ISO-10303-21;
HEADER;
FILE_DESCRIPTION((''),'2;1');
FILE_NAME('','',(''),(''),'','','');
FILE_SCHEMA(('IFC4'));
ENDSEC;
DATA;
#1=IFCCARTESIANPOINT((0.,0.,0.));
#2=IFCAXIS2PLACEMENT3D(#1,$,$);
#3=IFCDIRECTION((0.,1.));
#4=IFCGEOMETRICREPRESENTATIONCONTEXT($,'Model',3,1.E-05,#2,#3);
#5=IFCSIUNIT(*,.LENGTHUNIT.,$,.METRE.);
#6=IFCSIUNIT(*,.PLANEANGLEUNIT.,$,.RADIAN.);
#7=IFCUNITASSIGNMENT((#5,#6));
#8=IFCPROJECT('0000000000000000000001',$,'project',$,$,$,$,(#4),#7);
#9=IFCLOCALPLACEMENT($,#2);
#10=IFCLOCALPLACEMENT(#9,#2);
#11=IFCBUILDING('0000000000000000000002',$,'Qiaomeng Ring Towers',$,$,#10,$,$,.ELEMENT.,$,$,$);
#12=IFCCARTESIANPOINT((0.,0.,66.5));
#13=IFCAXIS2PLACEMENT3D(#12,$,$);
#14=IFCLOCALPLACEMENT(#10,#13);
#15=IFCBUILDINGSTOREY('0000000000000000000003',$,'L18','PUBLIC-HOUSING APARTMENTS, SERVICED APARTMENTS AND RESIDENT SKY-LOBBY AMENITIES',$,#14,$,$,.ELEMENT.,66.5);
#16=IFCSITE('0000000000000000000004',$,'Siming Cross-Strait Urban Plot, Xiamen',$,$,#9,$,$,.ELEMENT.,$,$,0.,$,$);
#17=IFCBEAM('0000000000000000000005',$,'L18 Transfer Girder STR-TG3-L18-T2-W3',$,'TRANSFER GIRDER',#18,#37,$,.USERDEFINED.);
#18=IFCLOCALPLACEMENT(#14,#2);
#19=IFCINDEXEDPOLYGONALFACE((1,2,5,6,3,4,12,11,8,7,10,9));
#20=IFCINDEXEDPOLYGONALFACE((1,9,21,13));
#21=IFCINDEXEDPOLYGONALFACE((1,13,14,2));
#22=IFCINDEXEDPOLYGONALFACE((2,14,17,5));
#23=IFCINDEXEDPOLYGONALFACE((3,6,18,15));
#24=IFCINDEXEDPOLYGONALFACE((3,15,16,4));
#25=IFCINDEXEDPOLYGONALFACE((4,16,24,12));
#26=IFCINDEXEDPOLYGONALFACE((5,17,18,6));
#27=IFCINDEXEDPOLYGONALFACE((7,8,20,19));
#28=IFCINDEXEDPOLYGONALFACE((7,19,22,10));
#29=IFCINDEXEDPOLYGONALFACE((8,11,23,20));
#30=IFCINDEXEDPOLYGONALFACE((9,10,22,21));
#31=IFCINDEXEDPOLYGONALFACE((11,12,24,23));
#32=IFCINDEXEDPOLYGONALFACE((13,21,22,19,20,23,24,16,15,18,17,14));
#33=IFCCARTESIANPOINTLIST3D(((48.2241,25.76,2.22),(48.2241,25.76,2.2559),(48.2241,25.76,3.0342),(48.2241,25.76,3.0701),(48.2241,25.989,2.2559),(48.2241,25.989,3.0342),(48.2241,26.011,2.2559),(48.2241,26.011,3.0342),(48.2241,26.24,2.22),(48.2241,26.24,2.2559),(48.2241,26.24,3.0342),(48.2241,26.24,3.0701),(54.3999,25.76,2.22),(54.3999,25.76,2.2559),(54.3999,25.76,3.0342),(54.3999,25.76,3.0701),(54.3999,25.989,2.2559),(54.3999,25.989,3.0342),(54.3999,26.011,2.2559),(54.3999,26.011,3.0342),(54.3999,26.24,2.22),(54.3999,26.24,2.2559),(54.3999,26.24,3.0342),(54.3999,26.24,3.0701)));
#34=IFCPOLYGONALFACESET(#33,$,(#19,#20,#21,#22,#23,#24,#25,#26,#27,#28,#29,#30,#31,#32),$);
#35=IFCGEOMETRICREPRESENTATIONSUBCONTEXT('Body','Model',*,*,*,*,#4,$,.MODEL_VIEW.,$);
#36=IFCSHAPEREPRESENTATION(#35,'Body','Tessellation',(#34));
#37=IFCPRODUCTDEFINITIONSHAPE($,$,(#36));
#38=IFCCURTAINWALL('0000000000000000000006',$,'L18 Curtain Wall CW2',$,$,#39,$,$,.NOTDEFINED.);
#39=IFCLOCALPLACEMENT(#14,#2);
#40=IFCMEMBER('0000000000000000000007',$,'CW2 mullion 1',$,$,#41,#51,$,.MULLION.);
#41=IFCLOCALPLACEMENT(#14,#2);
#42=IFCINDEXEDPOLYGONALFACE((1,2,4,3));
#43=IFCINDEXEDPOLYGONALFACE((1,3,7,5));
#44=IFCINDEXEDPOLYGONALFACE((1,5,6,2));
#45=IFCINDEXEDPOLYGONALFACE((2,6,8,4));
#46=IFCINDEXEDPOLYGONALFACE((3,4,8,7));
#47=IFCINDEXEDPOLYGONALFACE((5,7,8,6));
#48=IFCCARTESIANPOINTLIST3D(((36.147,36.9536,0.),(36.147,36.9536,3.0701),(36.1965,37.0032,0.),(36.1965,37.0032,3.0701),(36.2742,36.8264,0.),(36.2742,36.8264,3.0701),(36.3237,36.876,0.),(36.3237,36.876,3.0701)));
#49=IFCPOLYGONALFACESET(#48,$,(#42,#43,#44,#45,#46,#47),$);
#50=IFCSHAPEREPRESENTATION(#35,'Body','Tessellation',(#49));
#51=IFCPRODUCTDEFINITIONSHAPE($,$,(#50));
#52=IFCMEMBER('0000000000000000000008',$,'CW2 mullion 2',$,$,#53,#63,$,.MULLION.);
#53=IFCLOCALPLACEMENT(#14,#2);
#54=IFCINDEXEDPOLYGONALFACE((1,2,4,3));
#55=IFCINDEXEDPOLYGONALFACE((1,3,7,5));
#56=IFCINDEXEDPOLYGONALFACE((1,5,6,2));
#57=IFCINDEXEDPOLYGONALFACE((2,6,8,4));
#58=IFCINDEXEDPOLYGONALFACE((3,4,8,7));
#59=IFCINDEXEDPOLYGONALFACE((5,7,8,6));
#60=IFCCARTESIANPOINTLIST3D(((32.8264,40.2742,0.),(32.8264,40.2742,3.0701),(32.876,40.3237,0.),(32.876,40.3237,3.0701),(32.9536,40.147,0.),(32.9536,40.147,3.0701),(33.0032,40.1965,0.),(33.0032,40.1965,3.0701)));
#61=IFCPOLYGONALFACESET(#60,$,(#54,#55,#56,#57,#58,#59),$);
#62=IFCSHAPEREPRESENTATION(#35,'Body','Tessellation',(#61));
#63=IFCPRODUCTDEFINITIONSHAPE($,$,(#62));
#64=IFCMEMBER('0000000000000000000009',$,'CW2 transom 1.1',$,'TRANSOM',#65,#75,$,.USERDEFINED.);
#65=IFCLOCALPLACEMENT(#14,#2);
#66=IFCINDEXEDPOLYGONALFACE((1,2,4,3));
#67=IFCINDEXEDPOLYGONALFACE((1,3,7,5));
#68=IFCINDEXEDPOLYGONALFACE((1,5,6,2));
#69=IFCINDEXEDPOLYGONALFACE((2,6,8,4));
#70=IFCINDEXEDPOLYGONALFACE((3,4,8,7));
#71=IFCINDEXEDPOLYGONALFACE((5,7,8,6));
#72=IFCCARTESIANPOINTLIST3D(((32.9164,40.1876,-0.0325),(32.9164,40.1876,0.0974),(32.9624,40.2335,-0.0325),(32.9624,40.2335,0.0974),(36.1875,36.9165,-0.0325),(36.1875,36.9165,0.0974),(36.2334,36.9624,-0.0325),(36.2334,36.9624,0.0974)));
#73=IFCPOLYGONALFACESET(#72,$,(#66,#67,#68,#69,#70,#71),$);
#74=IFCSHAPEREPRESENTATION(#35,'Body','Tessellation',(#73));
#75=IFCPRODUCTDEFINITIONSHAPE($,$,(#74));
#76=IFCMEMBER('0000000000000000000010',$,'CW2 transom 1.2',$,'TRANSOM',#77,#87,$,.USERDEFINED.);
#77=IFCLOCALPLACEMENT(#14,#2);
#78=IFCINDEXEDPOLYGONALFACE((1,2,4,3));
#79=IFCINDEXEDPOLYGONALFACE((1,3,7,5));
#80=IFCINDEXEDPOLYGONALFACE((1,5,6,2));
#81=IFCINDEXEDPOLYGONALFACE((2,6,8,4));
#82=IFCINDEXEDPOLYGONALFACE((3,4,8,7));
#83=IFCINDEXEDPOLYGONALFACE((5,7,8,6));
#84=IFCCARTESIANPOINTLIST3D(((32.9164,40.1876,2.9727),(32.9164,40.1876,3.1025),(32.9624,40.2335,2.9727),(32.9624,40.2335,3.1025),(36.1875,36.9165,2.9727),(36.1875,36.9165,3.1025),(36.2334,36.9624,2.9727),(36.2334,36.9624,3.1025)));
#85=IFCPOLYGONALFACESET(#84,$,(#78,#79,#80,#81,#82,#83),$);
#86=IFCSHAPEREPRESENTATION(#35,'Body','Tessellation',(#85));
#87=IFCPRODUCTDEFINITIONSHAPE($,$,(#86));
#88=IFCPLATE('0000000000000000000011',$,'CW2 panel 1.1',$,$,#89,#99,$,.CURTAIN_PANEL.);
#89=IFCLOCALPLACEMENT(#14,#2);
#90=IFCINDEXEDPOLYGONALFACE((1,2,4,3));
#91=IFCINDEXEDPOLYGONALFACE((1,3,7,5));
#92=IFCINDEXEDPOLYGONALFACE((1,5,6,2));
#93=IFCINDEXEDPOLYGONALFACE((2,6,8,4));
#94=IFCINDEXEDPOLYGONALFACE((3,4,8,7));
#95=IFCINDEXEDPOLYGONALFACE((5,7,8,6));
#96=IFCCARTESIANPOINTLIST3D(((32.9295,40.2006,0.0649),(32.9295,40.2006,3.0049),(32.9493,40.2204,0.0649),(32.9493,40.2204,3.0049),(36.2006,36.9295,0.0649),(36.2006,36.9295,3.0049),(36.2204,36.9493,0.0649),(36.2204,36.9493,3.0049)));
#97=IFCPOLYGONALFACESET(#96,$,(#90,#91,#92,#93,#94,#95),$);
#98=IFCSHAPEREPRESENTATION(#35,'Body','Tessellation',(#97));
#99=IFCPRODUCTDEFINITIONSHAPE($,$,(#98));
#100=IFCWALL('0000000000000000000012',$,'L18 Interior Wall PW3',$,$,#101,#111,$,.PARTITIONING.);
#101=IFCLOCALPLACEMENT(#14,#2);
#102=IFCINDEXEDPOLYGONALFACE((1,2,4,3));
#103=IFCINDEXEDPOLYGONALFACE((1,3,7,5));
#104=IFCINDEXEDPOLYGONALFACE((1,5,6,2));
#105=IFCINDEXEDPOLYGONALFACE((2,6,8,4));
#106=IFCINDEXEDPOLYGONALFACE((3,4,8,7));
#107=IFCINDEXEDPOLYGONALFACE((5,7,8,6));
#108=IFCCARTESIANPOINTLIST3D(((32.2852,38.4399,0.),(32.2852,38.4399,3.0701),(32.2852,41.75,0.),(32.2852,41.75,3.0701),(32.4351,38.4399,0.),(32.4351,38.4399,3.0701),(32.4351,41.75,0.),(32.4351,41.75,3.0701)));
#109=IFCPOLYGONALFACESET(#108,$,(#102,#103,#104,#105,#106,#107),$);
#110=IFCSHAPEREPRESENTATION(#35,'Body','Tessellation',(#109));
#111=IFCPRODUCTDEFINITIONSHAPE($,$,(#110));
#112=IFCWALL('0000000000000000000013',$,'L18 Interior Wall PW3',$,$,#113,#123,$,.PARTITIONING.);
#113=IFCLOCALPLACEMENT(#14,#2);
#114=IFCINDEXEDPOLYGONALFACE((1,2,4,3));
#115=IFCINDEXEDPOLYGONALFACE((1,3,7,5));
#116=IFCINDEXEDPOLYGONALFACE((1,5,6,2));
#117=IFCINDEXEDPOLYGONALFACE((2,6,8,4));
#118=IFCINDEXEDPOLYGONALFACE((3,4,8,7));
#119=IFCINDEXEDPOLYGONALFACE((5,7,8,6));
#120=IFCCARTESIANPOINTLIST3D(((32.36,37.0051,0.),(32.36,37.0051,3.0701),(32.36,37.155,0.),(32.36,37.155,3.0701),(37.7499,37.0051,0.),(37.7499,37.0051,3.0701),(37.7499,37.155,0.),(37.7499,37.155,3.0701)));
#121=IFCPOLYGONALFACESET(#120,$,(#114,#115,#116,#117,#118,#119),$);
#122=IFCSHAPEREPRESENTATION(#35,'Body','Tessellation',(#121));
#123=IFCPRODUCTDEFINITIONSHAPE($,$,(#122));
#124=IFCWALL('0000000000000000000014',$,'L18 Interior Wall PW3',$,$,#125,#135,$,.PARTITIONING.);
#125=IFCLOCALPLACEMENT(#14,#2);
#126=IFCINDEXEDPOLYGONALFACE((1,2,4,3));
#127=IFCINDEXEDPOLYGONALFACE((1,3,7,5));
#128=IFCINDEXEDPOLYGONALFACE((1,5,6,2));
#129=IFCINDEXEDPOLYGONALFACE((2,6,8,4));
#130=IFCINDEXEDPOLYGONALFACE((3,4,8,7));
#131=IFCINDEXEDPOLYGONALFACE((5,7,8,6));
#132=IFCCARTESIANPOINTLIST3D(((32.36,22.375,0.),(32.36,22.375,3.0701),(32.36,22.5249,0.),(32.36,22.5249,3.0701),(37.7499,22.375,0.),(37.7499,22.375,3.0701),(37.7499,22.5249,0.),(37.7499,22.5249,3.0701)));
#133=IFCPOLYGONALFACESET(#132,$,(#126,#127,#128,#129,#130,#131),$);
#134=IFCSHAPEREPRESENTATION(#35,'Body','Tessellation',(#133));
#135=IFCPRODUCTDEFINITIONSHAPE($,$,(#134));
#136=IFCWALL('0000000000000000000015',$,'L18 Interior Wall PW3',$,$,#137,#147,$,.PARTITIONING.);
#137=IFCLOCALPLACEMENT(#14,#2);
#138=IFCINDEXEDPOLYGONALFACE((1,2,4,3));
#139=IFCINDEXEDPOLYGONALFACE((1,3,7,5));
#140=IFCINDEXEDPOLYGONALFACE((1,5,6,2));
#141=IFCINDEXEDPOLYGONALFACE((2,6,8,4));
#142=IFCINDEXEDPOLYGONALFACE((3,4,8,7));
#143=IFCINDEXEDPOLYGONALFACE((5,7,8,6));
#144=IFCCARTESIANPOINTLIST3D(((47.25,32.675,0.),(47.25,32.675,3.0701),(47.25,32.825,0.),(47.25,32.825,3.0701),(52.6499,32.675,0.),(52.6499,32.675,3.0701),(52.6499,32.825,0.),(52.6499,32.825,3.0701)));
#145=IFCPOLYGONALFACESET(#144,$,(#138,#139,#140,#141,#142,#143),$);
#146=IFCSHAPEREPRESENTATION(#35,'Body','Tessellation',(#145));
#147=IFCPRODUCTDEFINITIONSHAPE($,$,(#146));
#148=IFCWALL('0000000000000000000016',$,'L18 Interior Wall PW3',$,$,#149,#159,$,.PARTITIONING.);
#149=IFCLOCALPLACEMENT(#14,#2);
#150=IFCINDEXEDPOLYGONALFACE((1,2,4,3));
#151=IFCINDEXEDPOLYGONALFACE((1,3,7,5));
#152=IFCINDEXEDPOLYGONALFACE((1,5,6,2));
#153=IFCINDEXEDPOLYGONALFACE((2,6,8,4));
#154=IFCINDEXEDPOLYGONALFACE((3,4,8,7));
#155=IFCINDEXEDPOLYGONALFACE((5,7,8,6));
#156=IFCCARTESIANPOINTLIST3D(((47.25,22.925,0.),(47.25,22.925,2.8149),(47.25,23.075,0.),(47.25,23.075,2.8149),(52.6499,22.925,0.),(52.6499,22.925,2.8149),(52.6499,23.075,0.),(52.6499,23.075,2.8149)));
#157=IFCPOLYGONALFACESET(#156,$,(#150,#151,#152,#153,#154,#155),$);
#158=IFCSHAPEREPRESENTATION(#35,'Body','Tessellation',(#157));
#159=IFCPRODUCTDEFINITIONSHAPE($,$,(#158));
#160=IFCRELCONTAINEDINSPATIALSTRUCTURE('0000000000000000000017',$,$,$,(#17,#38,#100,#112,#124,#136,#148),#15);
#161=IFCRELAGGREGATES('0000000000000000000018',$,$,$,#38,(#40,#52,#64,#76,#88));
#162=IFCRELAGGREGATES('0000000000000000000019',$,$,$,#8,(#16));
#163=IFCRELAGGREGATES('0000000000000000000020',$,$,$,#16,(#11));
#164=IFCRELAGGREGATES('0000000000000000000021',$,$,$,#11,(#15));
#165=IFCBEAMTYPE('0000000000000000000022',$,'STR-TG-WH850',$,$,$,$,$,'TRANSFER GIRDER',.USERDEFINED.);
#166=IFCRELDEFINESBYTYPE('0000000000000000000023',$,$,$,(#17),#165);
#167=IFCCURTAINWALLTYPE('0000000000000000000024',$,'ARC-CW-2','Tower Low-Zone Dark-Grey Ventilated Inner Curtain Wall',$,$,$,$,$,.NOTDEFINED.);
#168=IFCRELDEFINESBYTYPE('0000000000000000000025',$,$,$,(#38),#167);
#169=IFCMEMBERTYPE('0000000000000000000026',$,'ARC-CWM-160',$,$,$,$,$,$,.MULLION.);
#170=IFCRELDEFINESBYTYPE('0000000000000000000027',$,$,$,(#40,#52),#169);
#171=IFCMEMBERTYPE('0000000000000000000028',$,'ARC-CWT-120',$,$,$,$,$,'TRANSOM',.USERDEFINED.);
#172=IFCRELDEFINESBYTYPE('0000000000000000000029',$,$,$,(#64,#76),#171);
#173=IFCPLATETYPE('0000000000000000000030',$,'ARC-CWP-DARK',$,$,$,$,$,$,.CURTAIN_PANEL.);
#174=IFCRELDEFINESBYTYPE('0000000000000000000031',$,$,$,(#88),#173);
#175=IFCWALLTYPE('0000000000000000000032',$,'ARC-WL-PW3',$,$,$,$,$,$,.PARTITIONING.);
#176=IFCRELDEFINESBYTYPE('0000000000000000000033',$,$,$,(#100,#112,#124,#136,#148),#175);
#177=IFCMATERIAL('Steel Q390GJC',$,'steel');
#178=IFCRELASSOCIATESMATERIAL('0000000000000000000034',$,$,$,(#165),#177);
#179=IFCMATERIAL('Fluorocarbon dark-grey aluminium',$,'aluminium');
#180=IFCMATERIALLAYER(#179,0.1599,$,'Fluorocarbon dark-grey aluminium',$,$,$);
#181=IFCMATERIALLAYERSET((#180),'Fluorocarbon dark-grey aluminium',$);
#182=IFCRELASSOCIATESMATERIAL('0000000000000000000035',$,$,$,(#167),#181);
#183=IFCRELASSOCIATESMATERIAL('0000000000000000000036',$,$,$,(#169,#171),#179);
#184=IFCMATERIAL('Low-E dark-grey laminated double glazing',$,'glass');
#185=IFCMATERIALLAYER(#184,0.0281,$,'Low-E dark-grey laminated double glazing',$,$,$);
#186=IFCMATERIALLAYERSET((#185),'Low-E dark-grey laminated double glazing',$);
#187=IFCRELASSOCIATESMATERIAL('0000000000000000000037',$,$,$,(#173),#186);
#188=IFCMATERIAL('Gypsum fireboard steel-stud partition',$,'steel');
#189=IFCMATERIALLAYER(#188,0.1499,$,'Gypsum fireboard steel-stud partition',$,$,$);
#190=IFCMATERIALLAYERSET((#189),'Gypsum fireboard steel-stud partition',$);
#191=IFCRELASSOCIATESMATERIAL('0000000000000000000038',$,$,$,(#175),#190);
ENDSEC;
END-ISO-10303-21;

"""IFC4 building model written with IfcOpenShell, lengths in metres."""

from ifc_helpers import new_model, si_unit, direction, frame, frame_2d, origin, origin_2d, place, context, subcontext, project, spatial, rectangle, i_section, extrude, source, transform, mapped, material, layer, layer_set, material_profile, profile_set, type_object, element, aggregate, save


model = new_model("IFC4")

# Units and contexts
model_context = context("Model", 3, precision=1e-05, world=origin(), true_north=direction((0.0, 1.0)))
body_context = subcontext(model_context, "Body", "Model", "MODEL_VIEW")
ifc_project = project(units=[si_unit("LENGTHUNIT", "METRE"), si_unit("PLANEANGLEUNIT", "RADIAN")], contexts=[model_context])

# Site, building, storey
site_placement = place(None, origin())
site = spatial("IfcSite", under=ifc_project, at=site_placement, Name="Siming Cross-Strait Urban Plot, Xiamen", CompositionType="ELEMENT", RefElevation=0.0)
building_placement = place(site_placement, origin())
building = spatial("IfcBuilding", under=site, at=building_placement, Name="Qiaomeng Ring Towers", CompositionType="ELEMENT")
storey_placement = place(building_placement, frame((0.0, 0.0, 66.5)))
storey = spatial("IfcBuildingStorey", under=building, at=storey_placement, Name="L18", Description="PUBLIC-HOUSING APARTMENTS, SERVICED APARTMENTS AND RESIDENT SKY-LOBBY AMENITIES", CompositionType="ELEMENT", Elevation=66.5)

# Beam
ifc_material_1 = material(Name="Steel Q390GJC", Category="steel")
ifc_material_profile_1 = material_profile(ifc_material_1, i_section(OverallWidth=0.48, OverallDepth=0.8501, WebThickness=0.022, FlangeThickness=0.0359, at=origin_2d()), Name="WH 850x480x22x36")
ifc_profile_set_1 = profile_set([ifc_material_profile_1], Name="Steel Q390GJC")
beam_type_1 = type_object("IfcBeamType", Name="STR-TG-WH850", ElementType="TRANSFER GIRDER", PredefinedType="USERDEFINED", material=ifc_profile_set_1)
shared_shape_1 = source(origin(), body_context, "Body", "SweptSolid", [
    extrude(i_section(OverallWidth=0.48, OverallDepth=0.8501, WebThickness=0.022, FlangeThickness=0.0359, at=origin_2d()), origin(), (0.0, 0.0, 1.0), 6.1758),
])
beam_1_placement = place(storey_placement, frame((48.2241, 26.0, 2.645), z_axis=(1.0, 0.0, 0.0), x_axis=(0.0, 1.0, 0.0)))
element("IfcBeam", 1, at=beam_1_placement, inside=storey, type_object=beam_type_1, Name="L18 Transfer Girder STR-TG3-L18-T2-W3", ObjectType="TRANSFER GIRDER", PredefinedType="USERDEFINED", context=body_context, shape_type="MappedRepresentation", body=[
    mapped(shared_shape_1, transform((0.0, 0.0, 0.0), x_axis=(1.0, 0.0, 0.0), y_axis=(0.0, 1.0, 0.0), z_axis=(0.0, 0.0, 1.0), scale=1.0)),
])

# Curtain wall, members, plate
ifc_material_2 = material(Name="Fluorocarbon dark-grey aluminium", Category="aluminium")
ifc_layer_1 = layer(ifc_material_2, 0.1599, Name="Fluorocarbon dark-grey aluminium")
ifc_layer_set_1 = layer_set([ifc_layer_1], Name="Fluorocarbon dark-grey aluminium")
curtain_wall_type = type_object("IfcCurtainWallType", Name="ARC-CW-2", Description="Tower Low-Zone Dark-Grey Ventilated Inner Curtain Wall", PredefinedType="NOTDEFINED", material=ifc_layer_set_1)
curtain_wall_placement = place(storey_placement, origin())
curtain_wall = element("IfcCurtainWall", 2, at=curtain_wall_placement, inside=storey, type_object=curtain_wall_type, Name="L18 Curtain Wall CW2", PredefinedType="NOTDEFINED")
ifc_material_profile_2 = material_profile(ifc_material_2, rectangle(XDim=0.0701, YDim=0.1799, at=origin_2d()), Name="ALU MULL 70x180")
ifc_profile_set_2 = profile_set([ifc_material_profile_2], Name="Fluorocarbon dark-grey aluminium")
member_type_1 = type_object("IfcMemberType", Name="ARC-CWM-160", PredefinedType="MULLION", material=ifc_profile_set_2)
shared_shape_2 = source(origin(), body_context, "Body", "SweptSolid", [
    extrude(rectangle(XDim=0.0701, YDim=0.1799, at=origin_2d()), origin(), (0.0, 0.0, 1.0), 3.0701),
])
member_1_placement = place(storey_placement, frame((36.2354, 36.9148, 0.0), z_axis=(0.0, 0.0, 1.0), x_axis=(-0.707107, -0.707107, 0.0)))
member_1 = element("IfcMember", 3, at=member_1_placement, type_object=member_type_1, Name="CW2 mullion 1", PredefinedType="MULLION", context=body_context, shape_type="MappedRepresentation", body=[
    mapped(shared_shape_2, transform((0.0, 0.0, 0.0), x_axis=(1.0, 0.0, 0.0), y_axis=(0.0, 1.0, 0.0), z_axis=(0.0, 0.0, 1.0), scale=1.0)),
])
member_2_placement = place(storey_placement, frame((32.9148, 40.2354, 0.0), z_axis=(0.0, 0.0, 1.0), x_axis=(-0.707107, -0.707107, 0.0)))
member_2 = element("IfcMember", 4, at=member_2_placement, type_object=member_type_1, Name="CW2 mullion 2", PredefinedType="MULLION", context=body_context, shape_type="MappedRepresentation", body=[
    mapped(shared_shape_2, transform((0.0, 0.0, 0.0), x_axis=(1.0, 0.0, 0.0), y_axis=(0.0, 1.0, 0.0), z_axis=(0.0, 0.0, 1.0), scale=1.0)),
])
ifc_material_profile_3 = material_profile(ifc_material_2, rectangle(XDim=0.0649, YDim=0.1299, at=origin_2d()), Name="ALU TRAN 65x130")
ifc_profile_set_3 = profile_set([ifc_material_profile_3], Name="Fluorocarbon dark-grey aluminium")
member_type_2 = type_object("IfcMemberType", Name="ARC-CWT-120", ElementType="TRANSOM", PredefinedType="USERDEFINED", material=ifc_profile_set_3)
shared_shape_3 = source(origin(), body_context, "Body", "SweptSolid", [
    extrude(rectangle(XDim=0.0649, YDim=0.1299, at=origin_2d()), origin(), (0.0, 0.0, 1.0), 4.626),
])
member_3_placement = place(storey_placement, frame((36.2104, 36.9395, 0.0325), z_axis=(-0.707107, 0.707107, 0.0), x_axis=(-0.707107, -0.707107, 0.0)))
member_3 = element("IfcMember", 5, at=member_3_placement, type_object=member_type_2, Name="CW2 transom 1.1", ObjectType="TRANSOM", PredefinedType="USERDEFINED", context=body_context, shape_type="MappedRepresentation", body=[
    mapped(shared_shape_3, transform((0.0, 0.0, 0.0), x_axis=(1.0, 0.0, 0.0), y_axis=(0.0, 1.0, 0.0), z_axis=(0.0, 0.0, 1.0), scale=1.0)),
])
member_4_placement = place(storey_placement, frame((36.2104, 36.9395, 3.0376), z_axis=(-0.707107, 0.707107, 0.0), x_axis=(-0.707107, -0.707107, 0.0)))
member_4 = element("IfcMember", 6, at=member_4_placement, type_object=member_type_2, Name="CW2 transom 1.2", ObjectType="TRANSOM", PredefinedType="USERDEFINED", context=body_context, shape_type="MappedRepresentation", body=[
    mapped(shared_shape_3, transform((0.0, 0.0, 0.0), x_axis=(1.0, 0.0, 0.0), y_axis=(0.0, 1.0, 0.0), z_axis=(0.0, 0.0, 1.0), scale=1.0)),
])
ifc_material_3 = material(Name="Low-E dark-grey laminated double glazing", Category="glass")
ifc_layer_2 = layer(ifc_material_3, 0.0281, Name="Low-E dark-grey laminated double glazing")
ifc_layer_set_2 = layer_set([ifc_layer_2], Name="Low-E dark-grey laminated double glazing")
plate_type = type_object("IfcPlateType", Name="ARC-CWP-DARK", PredefinedType="CURTAIN_PANEL", material=ifc_layer_set_2)
shared_shape_4 = source(origin(), body_context, "Body", "SweptSolid", [
    extrude(rectangle(XDim=4.626, YDim=0.0281, at=origin_2d()), origin(), (0.0, 0.0, 1.0), 2.9399),
])
plate_placement = place(storey_placement, frame((34.575, 38.575, 0.0649), z_axis=(0.0, 0.0, 1.0), x_axis=(-0.707107, 0.707107, 0.0)))
plate = element("IfcPlate", 7, at=plate_placement, type_object=plate_type, Name="CW2 panel 1.1", PredefinedType="CURTAIN_PANEL", context=body_context, shape_type="MappedRepresentation", body=[
    mapped(shared_shape_4, transform((0.0, 0.0, 0.0), x_axis=(1.0, 0.0, 0.0), y_axis=(0.0, 1.0, 0.0), z_axis=(0.0, 0.0, 1.0), scale=1.0)),
])
aggregate(curtain_wall, [member_1, member_2, member_3, member_4, plate])

# Walls
ifc_material_4 = material(Name="Gypsum fireboard steel-stud partition", Category="steel")
ifc_layer_3 = layer(ifc_material_4, 0.1499, Name="Gypsum fireboard steel-stud partition")
ifc_layer_set_3 = layer_set([ifc_layer_3], Name="Gypsum fireboard steel-stud partition")
wall_type_1 = type_object("IfcWallType", Name="ARC-WL-PW3", PredefinedType="PARTITIONING", material=ifc_layer_set_3)
wall_1_placement = place(storey_placement, frame((32.3601, 38.4399, 0.0), z_axis=(0.0, 0.0, 1.0), x_axis=(0.0, 1.0, 0.0)))
element("IfcWall", 8, at=wall_1_placement, inside=storey, type_object=wall_type_1, Name="L18 Interior Wall PW3", PredefinedType="PARTITIONING", context=body_context, shape_type="SweptSolid", body=[
    extrude(rectangle(XDim=3.3101, YDim=0.1499, at=frame_2d((1.655, 0.0))), origin(), (0.0, 0.0, 1.0), 3.0701),
])
for number, where, z_axis, x_axis, name in (
    (9, (32.3601, 37.0801, 0.0), (0.0, 0.0, 1.0), (1.0, 0.0, 0.0), "L18 Interior Wall PW3"),
    (10, (32.3601, 22.45, 0.0), (0.0, 0.0, 1.0), (1.0, 0.0, 0.0), "L18 Interior Wall PW3"),
):
    element("IfcWall", number, at=place(storey_placement, frame(where, z_axis=z_axis, x_axis=x_axis)), inside=storey, type_object=wall_type_1, Name=name, PredefinedType="PARTITIONING", context=body_context, shape_type="SweptSolid", body=[
        extrude(rectangle(XDim=5.3899, YDim=0.1499, at=frame_2d((2.6948, 0.0))), origin(), (0.0, 0.0, 1.0), 3.0701),
    ])
wall_2_placement = place(storey_placement, frame((47.25, 32.75, 0.0), z_axis=(0.0, 0.0, 1.0), x_axis=(1.0, 0.0, 0.0)))
element("IfcWall", 11, at=wall_2_placement, inside=storey, type_object=wall_type_1, Name="L18 Interior Wall PW3", PredefinedType="PARTITIONING", context=body_context, shape_type="SweptSolid", body=[
    extrude(rectangle(XDim=5.3999, YDim=0.1499, at=frame_2d((2.7, 0.0))), origin(), (0.0, 0.0, 1.0), 3.0701),
])
wall_3_placement = place(storey_placement, frame((47.25, 23.0, 0.0), z_axis=(0.0, 0.0, 1.0), x_axis=(1.0, 0.0, 0.0)))
element("IfcWall", 12, at=wall_3_placement, inside=storey, type_object=wall_type_1, Name="L18 Interior Wall PW3", PredefinedType="PARTITIONING", context=body_context, shape_type="SweptSolid", body=[
    extrude(rectangle(XDim=5.3999, YDim=0.1499, at=frame_2d((2.7, 0.0))), origin(), (0.0, 0.0, 1.0), 2.8149),
])

save(model, "model.ifc")
